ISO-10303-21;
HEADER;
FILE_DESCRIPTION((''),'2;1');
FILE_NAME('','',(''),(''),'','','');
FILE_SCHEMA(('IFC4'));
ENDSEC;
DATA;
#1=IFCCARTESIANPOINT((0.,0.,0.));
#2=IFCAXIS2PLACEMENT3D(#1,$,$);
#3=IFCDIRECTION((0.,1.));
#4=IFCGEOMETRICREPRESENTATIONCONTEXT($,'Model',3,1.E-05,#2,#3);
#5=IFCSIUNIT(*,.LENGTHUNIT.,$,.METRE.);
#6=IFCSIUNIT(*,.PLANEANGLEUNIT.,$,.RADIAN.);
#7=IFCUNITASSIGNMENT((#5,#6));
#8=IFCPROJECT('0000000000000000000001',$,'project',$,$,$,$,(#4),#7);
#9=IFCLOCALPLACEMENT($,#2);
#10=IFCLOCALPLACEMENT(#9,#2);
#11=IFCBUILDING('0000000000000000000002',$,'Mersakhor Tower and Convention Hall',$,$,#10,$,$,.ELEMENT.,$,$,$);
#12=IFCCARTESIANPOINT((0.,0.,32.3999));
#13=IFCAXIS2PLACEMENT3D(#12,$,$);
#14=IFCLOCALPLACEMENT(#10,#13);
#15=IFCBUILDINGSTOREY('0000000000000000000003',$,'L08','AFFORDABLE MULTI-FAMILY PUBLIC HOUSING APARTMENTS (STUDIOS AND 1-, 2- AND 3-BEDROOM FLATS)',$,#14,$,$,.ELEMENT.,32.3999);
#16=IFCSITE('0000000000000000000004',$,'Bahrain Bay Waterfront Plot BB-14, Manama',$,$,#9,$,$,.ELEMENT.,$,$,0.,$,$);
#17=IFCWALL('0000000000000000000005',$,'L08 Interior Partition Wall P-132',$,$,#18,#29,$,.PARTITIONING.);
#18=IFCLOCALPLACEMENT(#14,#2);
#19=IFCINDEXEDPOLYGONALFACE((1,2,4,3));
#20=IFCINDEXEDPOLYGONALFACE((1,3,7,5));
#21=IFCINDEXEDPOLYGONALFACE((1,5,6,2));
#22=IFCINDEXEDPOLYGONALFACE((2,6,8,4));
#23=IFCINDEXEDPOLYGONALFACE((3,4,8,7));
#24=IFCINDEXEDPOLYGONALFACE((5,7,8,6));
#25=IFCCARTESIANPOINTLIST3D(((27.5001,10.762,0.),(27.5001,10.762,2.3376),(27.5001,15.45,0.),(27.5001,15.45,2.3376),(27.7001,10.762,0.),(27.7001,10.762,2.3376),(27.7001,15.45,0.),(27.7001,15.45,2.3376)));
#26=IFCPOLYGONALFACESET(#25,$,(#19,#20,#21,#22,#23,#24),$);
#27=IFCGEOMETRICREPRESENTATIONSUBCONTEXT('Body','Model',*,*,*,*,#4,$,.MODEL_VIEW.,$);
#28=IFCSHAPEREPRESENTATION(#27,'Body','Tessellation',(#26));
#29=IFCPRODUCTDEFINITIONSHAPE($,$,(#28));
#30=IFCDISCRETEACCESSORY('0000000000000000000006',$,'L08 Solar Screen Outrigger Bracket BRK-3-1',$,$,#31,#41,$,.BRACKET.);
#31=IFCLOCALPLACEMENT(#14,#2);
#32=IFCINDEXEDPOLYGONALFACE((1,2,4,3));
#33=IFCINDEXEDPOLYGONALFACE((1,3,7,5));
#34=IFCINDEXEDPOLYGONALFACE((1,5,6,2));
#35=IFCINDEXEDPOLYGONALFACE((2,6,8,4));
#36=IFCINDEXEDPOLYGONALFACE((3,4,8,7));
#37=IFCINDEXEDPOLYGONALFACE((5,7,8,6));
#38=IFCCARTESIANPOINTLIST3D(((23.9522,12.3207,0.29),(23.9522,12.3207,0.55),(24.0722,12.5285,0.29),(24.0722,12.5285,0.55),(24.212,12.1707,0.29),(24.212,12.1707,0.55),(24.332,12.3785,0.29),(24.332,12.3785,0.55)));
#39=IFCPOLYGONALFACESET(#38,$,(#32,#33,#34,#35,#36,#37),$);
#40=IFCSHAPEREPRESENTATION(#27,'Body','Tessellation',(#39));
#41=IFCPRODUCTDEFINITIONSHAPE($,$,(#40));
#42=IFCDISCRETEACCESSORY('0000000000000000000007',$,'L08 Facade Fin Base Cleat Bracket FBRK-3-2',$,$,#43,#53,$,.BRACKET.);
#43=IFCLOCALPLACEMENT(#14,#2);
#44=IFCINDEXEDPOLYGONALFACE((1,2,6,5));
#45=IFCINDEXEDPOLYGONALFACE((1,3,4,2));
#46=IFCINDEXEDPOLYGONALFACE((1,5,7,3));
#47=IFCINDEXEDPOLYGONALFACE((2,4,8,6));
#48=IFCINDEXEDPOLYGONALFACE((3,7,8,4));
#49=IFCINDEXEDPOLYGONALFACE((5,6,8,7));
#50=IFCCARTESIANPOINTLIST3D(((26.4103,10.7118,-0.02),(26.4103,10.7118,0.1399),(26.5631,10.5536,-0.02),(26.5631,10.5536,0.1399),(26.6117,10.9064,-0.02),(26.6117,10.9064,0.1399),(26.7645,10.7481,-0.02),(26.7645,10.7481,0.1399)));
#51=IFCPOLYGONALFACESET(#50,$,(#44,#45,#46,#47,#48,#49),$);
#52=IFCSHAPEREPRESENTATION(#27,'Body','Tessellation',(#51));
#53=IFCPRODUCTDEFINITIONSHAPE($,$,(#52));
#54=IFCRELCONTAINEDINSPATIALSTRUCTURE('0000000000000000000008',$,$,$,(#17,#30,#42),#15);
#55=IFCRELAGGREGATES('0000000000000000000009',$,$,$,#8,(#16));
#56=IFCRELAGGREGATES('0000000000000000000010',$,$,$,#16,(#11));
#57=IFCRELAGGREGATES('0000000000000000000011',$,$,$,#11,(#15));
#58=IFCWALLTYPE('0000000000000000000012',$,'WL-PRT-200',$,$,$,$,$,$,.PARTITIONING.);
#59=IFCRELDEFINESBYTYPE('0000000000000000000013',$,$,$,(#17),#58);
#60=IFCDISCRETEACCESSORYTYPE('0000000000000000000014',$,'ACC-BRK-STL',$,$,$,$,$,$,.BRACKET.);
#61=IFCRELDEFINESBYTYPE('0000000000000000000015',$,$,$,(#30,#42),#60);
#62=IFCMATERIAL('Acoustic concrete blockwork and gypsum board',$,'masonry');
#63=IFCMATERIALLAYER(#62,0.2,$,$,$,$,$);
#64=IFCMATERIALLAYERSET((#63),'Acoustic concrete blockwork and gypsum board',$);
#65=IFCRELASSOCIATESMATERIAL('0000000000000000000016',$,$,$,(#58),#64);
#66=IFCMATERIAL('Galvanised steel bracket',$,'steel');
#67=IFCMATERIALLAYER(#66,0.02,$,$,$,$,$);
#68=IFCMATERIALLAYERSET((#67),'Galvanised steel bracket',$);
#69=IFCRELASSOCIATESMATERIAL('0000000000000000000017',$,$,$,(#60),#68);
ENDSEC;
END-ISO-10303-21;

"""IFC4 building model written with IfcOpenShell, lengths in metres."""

from ifc_helpers import new_model, si_unit, direction, frame, frame_2d, origin, origin_2d, place, context, subcontext, project, spatial, rectangle, extrude, material, layer, layer_set, type_object, element, save


model = new_model("IFC4")

# Units and contexts
model_context = context("Model", 3, precision=1e-05, world=origin(), true_north=direction((0.0, 1.0)))
body_context = subcontext(model_context, "Body", "Model", "MODEL_VIEW")
ifc_project = project(units=[si_unit("LENGTHUNIT", "METRE"), si_unit("PLANEANGLEUNIT", "RADIAN")], contexts=[model_context])

# Site, building, storey
site_placement = place(None, origin())
site = spatial("IfcSite", under=ifc_project, at=site_placement, Name="Bahrain Bay Waterfront Plot BB-14, Manama", CompositionType="ELEMENT", RefElevation=0.0)
building_placement = place(site_placement, origin())
building = spatial("IfcBuilding", under=site, at=building_placement, Name="Mersakhor Tower and Convention Hall", CompositionType="ELEMENT")
storey_placement = place(building_placement, frame((0.0, 0.0, 32.3999)))
storey = spatial("IfcBuildingStorey", under=building, at=storey_placement, Name="L08", Description="AFFORDABLE MULTI-FAMILY PUBLIC HOUSING APARTMENTS (STUDIOS AND 1-, 2- AND 3-BEDROOM FLATS)", CompositionType="ELEMENT", Elevation=32.3999)

# Wall
ifc_material_1 = material(Name="Acoustic concrete blockwork and gypsum board", Category="masonry")
ifc_layer_1 = layer(ifc_material_1, 0.2)
ifc_layer_set_1 = layer_set([ifc_layer_1], Name="Acoustic concrete blockwork and gypsum board")
wall_type_1 = type_object("IfcWallType", Name="WL-PRT-200", PredefinedType="PARTITIONING", material=ifc_layer_set_1)
wall_1_placement = place(storey_placement, frame((27.6001, 15.45, 0.0), z_axis=(0.0, 0.0, 1.0), x_axis=(0.0, -1.0, 0.0)))
element("IfcWall", 1, at=wall_1_placement, inside=storey, type_object=wall_type_1, Name="L08 Interior Partition Wall P-132", PredefinedType="PARTITIONING", context=body_context, shape_type="SweptSolid", body=[
    extrude(rectangle(XDim=4.688, YDim=0.2, at=frame_2d((2.344, 0.0))), origin(), (0.0, 0.0, 1.0), 2.3376),
])

# Discrete accessories
ifc_material_2 = material(Name="Galvanised steel bracket", Category="steel")
ifc_layer_2 = layer(ifc_material_2, 0.02)
ifc_layer_set_2 = layer_set([ifc_layer_2], Name="Galvanised steel bracket")
discrete_accessory_type = type_object("IfcDiscreteAccessoryType", Name="ACC-BRK-STL", PredefinedType="BRACKET", material=ifc_layer_set_2)
discrete_accessory_1_placement = place(storey_placement, frame((24.1421, 12.3496, 0.29), z_axis=(0.0, 0.0, 1.0), x_axis=(-0.866025, 0.5, 0.0)))
element("IfcDiscreteAccessory", 2, at=discrete_accessory_1_placement, inside=storey, type_object=discrete_accessory_type, Name="L08 Solar Screen Outrigger Bracket BRK-3-1", PredefinedType="BRACKET", context=body_context, shape_type="SweptSolid", body=[
    extrude(rectangle(XDim=0.3, YDim=0.24, at=origin_2d()), origin(), (0.0, 0.0, 1.0), 0.26),
])
discrete_accessory_2_placement = place(storey_placement, frame((26.5874, 10.73, -0.02), z_axis=(0.0, 0.0, 1.0), x_axis=(-0.71934, -0.694658, 0.0)))
element("IfcDiscreteAccessory", 3, at=discrete_accessory_2_placement, inside=storey, type_object=discrete_accessory_type, Name="L08 Facade Fin Base Cleat Bracket FBRK-3-2", PredefinedType="BRACKET", context=body_context, shape_type="SweptSolid", body=[
    extrude(rectangle(XDim=0.28, YDim=0.22, at=origin_2d()), origin(), (0.0, 0.0, 1.0), 0.1599),
])

save(model, "model.ifc")
